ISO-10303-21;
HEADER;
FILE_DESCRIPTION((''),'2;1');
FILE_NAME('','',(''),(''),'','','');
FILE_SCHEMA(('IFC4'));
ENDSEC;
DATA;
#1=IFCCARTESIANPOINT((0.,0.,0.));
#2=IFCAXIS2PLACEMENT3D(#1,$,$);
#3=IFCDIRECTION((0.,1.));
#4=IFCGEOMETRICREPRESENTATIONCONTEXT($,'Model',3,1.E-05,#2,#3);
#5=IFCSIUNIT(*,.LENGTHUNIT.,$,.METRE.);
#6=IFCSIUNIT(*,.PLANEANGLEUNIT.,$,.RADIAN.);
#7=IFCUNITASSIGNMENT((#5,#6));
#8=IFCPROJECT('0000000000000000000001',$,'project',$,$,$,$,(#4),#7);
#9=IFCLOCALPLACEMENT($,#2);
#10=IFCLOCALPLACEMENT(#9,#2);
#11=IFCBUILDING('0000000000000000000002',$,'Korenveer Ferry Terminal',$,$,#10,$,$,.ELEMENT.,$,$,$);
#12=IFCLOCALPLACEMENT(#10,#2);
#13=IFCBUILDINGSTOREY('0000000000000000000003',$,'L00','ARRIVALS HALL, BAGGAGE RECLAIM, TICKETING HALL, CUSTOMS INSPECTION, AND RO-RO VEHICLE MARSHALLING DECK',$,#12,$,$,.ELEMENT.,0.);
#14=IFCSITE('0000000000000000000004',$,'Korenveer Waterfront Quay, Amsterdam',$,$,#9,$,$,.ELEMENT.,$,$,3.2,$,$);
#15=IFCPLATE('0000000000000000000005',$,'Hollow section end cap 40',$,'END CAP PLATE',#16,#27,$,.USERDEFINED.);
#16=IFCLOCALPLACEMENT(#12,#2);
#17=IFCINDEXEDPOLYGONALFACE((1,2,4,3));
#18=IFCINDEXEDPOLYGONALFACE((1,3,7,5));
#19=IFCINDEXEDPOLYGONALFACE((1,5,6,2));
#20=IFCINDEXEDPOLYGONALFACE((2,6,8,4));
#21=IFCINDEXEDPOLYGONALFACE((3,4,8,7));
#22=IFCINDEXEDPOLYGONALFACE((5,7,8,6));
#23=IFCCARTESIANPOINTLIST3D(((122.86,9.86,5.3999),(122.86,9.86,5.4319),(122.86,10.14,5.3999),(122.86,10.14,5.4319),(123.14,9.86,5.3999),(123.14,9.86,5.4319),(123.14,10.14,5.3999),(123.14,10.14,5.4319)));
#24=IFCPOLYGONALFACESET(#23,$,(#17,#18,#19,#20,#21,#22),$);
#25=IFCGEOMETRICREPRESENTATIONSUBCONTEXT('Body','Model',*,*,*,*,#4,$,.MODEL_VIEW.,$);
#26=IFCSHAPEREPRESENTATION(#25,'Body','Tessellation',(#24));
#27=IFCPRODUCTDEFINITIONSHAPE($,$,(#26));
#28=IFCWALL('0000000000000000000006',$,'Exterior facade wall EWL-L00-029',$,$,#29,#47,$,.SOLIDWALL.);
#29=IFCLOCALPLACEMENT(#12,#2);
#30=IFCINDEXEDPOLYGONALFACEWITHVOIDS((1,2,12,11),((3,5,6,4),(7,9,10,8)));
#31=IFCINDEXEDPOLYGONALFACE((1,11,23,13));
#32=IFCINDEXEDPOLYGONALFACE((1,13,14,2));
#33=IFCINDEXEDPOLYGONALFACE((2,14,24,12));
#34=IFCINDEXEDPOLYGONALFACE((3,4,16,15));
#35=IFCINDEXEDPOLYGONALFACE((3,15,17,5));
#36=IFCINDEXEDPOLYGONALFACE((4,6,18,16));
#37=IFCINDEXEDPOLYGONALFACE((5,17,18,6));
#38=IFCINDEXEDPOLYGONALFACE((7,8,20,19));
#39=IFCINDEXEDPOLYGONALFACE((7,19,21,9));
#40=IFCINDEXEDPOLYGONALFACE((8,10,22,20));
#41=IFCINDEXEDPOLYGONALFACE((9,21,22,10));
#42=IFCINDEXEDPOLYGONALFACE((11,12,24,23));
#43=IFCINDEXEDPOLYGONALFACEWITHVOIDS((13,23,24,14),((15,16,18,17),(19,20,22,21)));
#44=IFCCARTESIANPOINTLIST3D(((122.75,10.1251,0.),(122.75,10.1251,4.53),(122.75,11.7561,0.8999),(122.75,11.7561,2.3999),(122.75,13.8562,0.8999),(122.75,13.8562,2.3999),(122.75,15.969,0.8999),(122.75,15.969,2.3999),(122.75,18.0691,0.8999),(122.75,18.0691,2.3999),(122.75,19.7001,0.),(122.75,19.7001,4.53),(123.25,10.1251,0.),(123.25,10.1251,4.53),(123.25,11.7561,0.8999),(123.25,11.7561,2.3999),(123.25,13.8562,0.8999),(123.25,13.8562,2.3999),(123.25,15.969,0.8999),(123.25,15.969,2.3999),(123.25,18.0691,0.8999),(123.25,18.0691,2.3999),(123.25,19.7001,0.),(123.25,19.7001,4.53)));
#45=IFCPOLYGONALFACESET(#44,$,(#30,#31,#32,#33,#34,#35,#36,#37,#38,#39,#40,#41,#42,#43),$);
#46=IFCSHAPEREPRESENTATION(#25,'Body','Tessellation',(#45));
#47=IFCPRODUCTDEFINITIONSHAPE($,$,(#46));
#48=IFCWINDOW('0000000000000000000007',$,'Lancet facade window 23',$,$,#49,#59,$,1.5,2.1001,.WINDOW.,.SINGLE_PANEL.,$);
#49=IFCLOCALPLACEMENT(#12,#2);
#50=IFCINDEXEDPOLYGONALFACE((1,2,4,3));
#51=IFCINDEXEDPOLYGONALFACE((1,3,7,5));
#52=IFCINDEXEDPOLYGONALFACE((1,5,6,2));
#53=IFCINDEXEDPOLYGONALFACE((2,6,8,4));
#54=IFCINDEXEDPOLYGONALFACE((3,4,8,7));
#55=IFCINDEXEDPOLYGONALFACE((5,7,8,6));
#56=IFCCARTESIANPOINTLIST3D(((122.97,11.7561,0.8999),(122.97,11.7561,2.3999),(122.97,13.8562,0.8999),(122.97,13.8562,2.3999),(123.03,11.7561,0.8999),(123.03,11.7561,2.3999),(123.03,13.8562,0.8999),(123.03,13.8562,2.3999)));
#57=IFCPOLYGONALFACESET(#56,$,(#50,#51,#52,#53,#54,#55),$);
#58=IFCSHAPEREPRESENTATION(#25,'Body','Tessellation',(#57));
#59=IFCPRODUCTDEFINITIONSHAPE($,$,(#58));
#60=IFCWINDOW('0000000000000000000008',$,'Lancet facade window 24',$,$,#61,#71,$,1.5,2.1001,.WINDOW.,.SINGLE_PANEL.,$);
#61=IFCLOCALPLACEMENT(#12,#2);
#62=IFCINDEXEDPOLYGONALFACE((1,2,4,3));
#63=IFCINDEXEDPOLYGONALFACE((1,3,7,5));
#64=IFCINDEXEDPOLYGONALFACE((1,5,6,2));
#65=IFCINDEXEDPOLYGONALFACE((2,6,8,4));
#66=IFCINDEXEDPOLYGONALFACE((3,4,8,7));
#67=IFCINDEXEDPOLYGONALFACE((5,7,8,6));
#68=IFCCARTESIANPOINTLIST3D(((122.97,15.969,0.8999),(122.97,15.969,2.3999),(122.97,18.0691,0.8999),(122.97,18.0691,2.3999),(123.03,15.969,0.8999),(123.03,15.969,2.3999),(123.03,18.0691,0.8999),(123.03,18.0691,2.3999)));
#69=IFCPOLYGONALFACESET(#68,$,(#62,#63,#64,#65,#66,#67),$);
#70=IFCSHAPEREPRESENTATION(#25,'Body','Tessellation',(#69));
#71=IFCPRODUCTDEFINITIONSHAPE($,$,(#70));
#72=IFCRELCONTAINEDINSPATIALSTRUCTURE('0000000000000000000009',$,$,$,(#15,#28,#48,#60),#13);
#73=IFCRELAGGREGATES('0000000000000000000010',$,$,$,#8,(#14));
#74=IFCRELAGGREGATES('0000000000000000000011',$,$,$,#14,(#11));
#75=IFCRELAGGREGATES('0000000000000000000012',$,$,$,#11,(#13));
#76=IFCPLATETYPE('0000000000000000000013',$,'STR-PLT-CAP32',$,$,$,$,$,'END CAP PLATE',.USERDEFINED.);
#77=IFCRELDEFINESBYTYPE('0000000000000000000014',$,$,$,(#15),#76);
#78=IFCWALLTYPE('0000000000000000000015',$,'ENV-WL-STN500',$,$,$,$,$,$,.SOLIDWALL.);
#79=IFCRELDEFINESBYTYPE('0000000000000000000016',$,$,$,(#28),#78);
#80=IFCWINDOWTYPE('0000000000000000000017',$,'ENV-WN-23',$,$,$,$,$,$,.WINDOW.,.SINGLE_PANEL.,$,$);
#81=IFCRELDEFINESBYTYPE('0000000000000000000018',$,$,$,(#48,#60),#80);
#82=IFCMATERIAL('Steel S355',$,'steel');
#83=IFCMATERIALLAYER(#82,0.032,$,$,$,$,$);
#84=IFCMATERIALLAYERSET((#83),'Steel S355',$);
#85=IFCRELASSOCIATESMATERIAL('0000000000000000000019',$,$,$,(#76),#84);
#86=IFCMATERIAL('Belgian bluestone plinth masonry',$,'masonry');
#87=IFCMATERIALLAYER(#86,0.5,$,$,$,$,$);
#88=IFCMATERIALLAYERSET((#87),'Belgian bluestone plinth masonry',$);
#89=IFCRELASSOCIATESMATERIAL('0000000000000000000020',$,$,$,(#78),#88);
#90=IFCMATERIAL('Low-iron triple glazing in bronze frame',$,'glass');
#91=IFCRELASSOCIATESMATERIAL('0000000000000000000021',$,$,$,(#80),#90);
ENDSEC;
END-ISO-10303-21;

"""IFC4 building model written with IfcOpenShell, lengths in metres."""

from ifc_helpers import new_model, si_unit, direction, frame, frame_2d, origin, origin_2d, place, context, subcontext, project, spatial, rectangle, extrude, material, layer, layer_set, type_object, element, fill, save


model = new_model("IFC4")

# Units and contexts
model_context = context("Model", 3, precision=1e-05, world=origin(), true_north=direction((0.0, 1.0)))
body_context = subcontext(model_context, "Body", "Model", "MODEL_VIEW")
ifc_project = project(units=[si_unit("LENGTHUNIT", "METRE"), si_unit("PLANEANGLEUNIT", "RADIAN")], contexts=[model_context])

# Site, building, storey
site_placement = place(None, origin())
site = spatial("IfcSite", under=ifc_project, at=site_placement, Name="Korenveer Waterfront Quay, Amsterdam", CompositionType="ELEMENT", RefElevation=3.2)
building_placement = place(site_placement, origin())
building = spatial("IfcBuilding", under=site, at=building_placement, Name="Korenveer Ferry Terminal", CompositionType="ELEMENT")
storey_placement = place(building_placement, origin())
storey = spatial("IfcBuildingStorey", under=building, at=storey_placement, Name="L00", Description="ARRIVALS HALL, BAGGAGE RECLAIM, TICKETING HALL, CUSTOMS INSPECTION, AND RO-RO VEHICLE MARSHALLING DECK", CompositionType="ELEMENT", Elevation=0.0)

# Shared definitions
ifc_material_1 = material(Name="Steel S355", Category="steel")

# Plate
ifc_layer_1 = layer(ifc_material_1, 0.032)
ifc_layer_set_1 = layer_set([ifc_layer_1], Name="Steel S355")
plate_type_1 = type_object("IfcPlateType", Name="STR-PLT-CAP32", ElementType="END CAP PLATE", PredefinedType="USERDEFINED", material=ifc_layer_set_1)
for number, where, z_axis, x_axis, name in (
    (1, (123.0, 10.0, 5.3999), (0.0, 0.0, 1.0), (1.0, 0.0, 0.0), "Hollow section end cap 40"),
):
    element("IfcPlate", number, at=place(storey_placement, frame(where, z_axis=z_axis, x_axis=x_axis)), inside=storey, type_object=plate_type_1, Name=name, ObjectType="END CAP PLATE", PredefinedType="USERDEFINED", context=body_context, shape_type="SweptSolid", body=[
        extrude(rectangle(XDim=0.28, YDim=0.28, at=origin_2d()), origin(), (0.0, 0.0, 1.0), 0.032),
    ])

# Wall, openings, windows
ifc_material_2 = material(Name="Belgian bluestone plinth masonry", Category="masonry")
ifc_layer_2 = layer(ifc_material_2, 0.5)
ifc_layer_set_2 = layer_set([ifc_layer_2], Name="Belgian bluestone plinth masonry")
wall_type = type_object("IfcWallType", Name="ENV-WL-STN500", PredefinedType="SOLIDWALL", material=ifc_layer_set_2)
wall_placement = place(storey_placement, frame((123.0, 10.125, 0.0), z_axis=(0.0, 0.0, 1.0), x_axis=(0.0, 1.0, 0.0)))
wall = element("IfcWall", 2, at=wall_placement, inside=storey, type_object=wall_type, Name="Exterior facade wall EWL-L00-029", PredefinedType="SOLIDWALL", context=body_context, shape_type="SweptSolid", body=[
    extrude(rectangle(XDim=9.575, YDim=0.5, at=frame_2d((4.7876, 0.0))), origin(), (0.0, 0.0, 1.0), 4.53),
])
opening_1_placement = place(wall_placement, frame((1.6311, 0.0, 0.8999)))
opening_1 = element("IfcOpeningElement", 3, at=opening_1_placement, cuts=wall, PredefinedType="OPENING", context=body_context, shape_type="SweptSolid", body=[
    extrude(rectangle(XDim=2.1001, YDim=1.5, at=frame_2d((1.05, 0.75))), frame((0.0, 0.26, 0.0), z_axis=(0.0, -1.0, 0.0), x_axis=(1.0, 0.0, 0.0)), (0.0, 0.0, 1.0), 0.52),
])
opening_2_placement = place(wall_placement, frame((5.844, 0.0, 0.8999)))
opening_2 = element("IfcOpeningElement", 4, at=opening_2_placement, cuts=wall, PredefinedType="OPENING", context=body_context, shape_type="SweptSolid", body=[
    extrude(rectangle(XDim=2.1001, YDim=1.5, at=frame_2d((1.05, 0.75))), frame((0.0, 0.26, 0.0), z_axis=(0.0, -1.0, 0.0), x_axis=(1.0, 0.0, 0.0)), (0.0, 0.0, 1.0), 0.52),
])
ifc_material_3 = material(Name="Low-iron triple glazing in bronze frame", Category="glass")
window_type = type_object("IfcWindowType", Name="ENV-WN-23", PartitioningType="SINGLE_PANEL", PredefinedType="WINDOW", material=ifc_material_3)
window_1_placement = place(opening_1_placement, origin())
window_1 = element("IfcWindow", 5, at=window_1_placement, inside=storey, type_object=window_type, Name="Lancet facade window 23", OverallHeight=1.5, OverallWidth=2.1001, PartitioningType="SINGLE_PANEL", PredefinedType="WINDOW", context=body_context, shape_type="SweptSolid", body=[
    extrude(rectangle(XDim=2.1001, YDim=1.5, at=frame_2d((1.05, 0.75))), frame((0.0, 0.03, 0.0), z_axis=(0.0, -1.0, 0.0), x_axis=(1.0, 0.0, 0.0)), (0.0, 0.0, 1.0), 0.0601),
])
fill(opening_1, window_1)
window_2_placement = place(opening_2_placement, origin())
window_2 = element("IfcWindow", 6, at=window_2_placement, inside=storey, type_object=window_type, Name="Lancet facade window 24", OverallHeight=1.5, OverallWidth=2.1001, PartitioningType="SINGLE_PANEL", PredefinedType="WINDOW", context=body_context, shape_type="SweptSolid", body=[
    extrude(rectangle(XDim=2.1001, YDim=1.5, at=frame_2d((1.05, 0.75))), frame((0.0, 0.03, 0.0), z_axis=(0.0, -1.0, 0.0), x_axis=(1.0, 0.0, 0.0)), (0.0, 0.0, 1.0), 0.0601),
])
fill(opening_2, window_2)

save(model, "model.ifc")
